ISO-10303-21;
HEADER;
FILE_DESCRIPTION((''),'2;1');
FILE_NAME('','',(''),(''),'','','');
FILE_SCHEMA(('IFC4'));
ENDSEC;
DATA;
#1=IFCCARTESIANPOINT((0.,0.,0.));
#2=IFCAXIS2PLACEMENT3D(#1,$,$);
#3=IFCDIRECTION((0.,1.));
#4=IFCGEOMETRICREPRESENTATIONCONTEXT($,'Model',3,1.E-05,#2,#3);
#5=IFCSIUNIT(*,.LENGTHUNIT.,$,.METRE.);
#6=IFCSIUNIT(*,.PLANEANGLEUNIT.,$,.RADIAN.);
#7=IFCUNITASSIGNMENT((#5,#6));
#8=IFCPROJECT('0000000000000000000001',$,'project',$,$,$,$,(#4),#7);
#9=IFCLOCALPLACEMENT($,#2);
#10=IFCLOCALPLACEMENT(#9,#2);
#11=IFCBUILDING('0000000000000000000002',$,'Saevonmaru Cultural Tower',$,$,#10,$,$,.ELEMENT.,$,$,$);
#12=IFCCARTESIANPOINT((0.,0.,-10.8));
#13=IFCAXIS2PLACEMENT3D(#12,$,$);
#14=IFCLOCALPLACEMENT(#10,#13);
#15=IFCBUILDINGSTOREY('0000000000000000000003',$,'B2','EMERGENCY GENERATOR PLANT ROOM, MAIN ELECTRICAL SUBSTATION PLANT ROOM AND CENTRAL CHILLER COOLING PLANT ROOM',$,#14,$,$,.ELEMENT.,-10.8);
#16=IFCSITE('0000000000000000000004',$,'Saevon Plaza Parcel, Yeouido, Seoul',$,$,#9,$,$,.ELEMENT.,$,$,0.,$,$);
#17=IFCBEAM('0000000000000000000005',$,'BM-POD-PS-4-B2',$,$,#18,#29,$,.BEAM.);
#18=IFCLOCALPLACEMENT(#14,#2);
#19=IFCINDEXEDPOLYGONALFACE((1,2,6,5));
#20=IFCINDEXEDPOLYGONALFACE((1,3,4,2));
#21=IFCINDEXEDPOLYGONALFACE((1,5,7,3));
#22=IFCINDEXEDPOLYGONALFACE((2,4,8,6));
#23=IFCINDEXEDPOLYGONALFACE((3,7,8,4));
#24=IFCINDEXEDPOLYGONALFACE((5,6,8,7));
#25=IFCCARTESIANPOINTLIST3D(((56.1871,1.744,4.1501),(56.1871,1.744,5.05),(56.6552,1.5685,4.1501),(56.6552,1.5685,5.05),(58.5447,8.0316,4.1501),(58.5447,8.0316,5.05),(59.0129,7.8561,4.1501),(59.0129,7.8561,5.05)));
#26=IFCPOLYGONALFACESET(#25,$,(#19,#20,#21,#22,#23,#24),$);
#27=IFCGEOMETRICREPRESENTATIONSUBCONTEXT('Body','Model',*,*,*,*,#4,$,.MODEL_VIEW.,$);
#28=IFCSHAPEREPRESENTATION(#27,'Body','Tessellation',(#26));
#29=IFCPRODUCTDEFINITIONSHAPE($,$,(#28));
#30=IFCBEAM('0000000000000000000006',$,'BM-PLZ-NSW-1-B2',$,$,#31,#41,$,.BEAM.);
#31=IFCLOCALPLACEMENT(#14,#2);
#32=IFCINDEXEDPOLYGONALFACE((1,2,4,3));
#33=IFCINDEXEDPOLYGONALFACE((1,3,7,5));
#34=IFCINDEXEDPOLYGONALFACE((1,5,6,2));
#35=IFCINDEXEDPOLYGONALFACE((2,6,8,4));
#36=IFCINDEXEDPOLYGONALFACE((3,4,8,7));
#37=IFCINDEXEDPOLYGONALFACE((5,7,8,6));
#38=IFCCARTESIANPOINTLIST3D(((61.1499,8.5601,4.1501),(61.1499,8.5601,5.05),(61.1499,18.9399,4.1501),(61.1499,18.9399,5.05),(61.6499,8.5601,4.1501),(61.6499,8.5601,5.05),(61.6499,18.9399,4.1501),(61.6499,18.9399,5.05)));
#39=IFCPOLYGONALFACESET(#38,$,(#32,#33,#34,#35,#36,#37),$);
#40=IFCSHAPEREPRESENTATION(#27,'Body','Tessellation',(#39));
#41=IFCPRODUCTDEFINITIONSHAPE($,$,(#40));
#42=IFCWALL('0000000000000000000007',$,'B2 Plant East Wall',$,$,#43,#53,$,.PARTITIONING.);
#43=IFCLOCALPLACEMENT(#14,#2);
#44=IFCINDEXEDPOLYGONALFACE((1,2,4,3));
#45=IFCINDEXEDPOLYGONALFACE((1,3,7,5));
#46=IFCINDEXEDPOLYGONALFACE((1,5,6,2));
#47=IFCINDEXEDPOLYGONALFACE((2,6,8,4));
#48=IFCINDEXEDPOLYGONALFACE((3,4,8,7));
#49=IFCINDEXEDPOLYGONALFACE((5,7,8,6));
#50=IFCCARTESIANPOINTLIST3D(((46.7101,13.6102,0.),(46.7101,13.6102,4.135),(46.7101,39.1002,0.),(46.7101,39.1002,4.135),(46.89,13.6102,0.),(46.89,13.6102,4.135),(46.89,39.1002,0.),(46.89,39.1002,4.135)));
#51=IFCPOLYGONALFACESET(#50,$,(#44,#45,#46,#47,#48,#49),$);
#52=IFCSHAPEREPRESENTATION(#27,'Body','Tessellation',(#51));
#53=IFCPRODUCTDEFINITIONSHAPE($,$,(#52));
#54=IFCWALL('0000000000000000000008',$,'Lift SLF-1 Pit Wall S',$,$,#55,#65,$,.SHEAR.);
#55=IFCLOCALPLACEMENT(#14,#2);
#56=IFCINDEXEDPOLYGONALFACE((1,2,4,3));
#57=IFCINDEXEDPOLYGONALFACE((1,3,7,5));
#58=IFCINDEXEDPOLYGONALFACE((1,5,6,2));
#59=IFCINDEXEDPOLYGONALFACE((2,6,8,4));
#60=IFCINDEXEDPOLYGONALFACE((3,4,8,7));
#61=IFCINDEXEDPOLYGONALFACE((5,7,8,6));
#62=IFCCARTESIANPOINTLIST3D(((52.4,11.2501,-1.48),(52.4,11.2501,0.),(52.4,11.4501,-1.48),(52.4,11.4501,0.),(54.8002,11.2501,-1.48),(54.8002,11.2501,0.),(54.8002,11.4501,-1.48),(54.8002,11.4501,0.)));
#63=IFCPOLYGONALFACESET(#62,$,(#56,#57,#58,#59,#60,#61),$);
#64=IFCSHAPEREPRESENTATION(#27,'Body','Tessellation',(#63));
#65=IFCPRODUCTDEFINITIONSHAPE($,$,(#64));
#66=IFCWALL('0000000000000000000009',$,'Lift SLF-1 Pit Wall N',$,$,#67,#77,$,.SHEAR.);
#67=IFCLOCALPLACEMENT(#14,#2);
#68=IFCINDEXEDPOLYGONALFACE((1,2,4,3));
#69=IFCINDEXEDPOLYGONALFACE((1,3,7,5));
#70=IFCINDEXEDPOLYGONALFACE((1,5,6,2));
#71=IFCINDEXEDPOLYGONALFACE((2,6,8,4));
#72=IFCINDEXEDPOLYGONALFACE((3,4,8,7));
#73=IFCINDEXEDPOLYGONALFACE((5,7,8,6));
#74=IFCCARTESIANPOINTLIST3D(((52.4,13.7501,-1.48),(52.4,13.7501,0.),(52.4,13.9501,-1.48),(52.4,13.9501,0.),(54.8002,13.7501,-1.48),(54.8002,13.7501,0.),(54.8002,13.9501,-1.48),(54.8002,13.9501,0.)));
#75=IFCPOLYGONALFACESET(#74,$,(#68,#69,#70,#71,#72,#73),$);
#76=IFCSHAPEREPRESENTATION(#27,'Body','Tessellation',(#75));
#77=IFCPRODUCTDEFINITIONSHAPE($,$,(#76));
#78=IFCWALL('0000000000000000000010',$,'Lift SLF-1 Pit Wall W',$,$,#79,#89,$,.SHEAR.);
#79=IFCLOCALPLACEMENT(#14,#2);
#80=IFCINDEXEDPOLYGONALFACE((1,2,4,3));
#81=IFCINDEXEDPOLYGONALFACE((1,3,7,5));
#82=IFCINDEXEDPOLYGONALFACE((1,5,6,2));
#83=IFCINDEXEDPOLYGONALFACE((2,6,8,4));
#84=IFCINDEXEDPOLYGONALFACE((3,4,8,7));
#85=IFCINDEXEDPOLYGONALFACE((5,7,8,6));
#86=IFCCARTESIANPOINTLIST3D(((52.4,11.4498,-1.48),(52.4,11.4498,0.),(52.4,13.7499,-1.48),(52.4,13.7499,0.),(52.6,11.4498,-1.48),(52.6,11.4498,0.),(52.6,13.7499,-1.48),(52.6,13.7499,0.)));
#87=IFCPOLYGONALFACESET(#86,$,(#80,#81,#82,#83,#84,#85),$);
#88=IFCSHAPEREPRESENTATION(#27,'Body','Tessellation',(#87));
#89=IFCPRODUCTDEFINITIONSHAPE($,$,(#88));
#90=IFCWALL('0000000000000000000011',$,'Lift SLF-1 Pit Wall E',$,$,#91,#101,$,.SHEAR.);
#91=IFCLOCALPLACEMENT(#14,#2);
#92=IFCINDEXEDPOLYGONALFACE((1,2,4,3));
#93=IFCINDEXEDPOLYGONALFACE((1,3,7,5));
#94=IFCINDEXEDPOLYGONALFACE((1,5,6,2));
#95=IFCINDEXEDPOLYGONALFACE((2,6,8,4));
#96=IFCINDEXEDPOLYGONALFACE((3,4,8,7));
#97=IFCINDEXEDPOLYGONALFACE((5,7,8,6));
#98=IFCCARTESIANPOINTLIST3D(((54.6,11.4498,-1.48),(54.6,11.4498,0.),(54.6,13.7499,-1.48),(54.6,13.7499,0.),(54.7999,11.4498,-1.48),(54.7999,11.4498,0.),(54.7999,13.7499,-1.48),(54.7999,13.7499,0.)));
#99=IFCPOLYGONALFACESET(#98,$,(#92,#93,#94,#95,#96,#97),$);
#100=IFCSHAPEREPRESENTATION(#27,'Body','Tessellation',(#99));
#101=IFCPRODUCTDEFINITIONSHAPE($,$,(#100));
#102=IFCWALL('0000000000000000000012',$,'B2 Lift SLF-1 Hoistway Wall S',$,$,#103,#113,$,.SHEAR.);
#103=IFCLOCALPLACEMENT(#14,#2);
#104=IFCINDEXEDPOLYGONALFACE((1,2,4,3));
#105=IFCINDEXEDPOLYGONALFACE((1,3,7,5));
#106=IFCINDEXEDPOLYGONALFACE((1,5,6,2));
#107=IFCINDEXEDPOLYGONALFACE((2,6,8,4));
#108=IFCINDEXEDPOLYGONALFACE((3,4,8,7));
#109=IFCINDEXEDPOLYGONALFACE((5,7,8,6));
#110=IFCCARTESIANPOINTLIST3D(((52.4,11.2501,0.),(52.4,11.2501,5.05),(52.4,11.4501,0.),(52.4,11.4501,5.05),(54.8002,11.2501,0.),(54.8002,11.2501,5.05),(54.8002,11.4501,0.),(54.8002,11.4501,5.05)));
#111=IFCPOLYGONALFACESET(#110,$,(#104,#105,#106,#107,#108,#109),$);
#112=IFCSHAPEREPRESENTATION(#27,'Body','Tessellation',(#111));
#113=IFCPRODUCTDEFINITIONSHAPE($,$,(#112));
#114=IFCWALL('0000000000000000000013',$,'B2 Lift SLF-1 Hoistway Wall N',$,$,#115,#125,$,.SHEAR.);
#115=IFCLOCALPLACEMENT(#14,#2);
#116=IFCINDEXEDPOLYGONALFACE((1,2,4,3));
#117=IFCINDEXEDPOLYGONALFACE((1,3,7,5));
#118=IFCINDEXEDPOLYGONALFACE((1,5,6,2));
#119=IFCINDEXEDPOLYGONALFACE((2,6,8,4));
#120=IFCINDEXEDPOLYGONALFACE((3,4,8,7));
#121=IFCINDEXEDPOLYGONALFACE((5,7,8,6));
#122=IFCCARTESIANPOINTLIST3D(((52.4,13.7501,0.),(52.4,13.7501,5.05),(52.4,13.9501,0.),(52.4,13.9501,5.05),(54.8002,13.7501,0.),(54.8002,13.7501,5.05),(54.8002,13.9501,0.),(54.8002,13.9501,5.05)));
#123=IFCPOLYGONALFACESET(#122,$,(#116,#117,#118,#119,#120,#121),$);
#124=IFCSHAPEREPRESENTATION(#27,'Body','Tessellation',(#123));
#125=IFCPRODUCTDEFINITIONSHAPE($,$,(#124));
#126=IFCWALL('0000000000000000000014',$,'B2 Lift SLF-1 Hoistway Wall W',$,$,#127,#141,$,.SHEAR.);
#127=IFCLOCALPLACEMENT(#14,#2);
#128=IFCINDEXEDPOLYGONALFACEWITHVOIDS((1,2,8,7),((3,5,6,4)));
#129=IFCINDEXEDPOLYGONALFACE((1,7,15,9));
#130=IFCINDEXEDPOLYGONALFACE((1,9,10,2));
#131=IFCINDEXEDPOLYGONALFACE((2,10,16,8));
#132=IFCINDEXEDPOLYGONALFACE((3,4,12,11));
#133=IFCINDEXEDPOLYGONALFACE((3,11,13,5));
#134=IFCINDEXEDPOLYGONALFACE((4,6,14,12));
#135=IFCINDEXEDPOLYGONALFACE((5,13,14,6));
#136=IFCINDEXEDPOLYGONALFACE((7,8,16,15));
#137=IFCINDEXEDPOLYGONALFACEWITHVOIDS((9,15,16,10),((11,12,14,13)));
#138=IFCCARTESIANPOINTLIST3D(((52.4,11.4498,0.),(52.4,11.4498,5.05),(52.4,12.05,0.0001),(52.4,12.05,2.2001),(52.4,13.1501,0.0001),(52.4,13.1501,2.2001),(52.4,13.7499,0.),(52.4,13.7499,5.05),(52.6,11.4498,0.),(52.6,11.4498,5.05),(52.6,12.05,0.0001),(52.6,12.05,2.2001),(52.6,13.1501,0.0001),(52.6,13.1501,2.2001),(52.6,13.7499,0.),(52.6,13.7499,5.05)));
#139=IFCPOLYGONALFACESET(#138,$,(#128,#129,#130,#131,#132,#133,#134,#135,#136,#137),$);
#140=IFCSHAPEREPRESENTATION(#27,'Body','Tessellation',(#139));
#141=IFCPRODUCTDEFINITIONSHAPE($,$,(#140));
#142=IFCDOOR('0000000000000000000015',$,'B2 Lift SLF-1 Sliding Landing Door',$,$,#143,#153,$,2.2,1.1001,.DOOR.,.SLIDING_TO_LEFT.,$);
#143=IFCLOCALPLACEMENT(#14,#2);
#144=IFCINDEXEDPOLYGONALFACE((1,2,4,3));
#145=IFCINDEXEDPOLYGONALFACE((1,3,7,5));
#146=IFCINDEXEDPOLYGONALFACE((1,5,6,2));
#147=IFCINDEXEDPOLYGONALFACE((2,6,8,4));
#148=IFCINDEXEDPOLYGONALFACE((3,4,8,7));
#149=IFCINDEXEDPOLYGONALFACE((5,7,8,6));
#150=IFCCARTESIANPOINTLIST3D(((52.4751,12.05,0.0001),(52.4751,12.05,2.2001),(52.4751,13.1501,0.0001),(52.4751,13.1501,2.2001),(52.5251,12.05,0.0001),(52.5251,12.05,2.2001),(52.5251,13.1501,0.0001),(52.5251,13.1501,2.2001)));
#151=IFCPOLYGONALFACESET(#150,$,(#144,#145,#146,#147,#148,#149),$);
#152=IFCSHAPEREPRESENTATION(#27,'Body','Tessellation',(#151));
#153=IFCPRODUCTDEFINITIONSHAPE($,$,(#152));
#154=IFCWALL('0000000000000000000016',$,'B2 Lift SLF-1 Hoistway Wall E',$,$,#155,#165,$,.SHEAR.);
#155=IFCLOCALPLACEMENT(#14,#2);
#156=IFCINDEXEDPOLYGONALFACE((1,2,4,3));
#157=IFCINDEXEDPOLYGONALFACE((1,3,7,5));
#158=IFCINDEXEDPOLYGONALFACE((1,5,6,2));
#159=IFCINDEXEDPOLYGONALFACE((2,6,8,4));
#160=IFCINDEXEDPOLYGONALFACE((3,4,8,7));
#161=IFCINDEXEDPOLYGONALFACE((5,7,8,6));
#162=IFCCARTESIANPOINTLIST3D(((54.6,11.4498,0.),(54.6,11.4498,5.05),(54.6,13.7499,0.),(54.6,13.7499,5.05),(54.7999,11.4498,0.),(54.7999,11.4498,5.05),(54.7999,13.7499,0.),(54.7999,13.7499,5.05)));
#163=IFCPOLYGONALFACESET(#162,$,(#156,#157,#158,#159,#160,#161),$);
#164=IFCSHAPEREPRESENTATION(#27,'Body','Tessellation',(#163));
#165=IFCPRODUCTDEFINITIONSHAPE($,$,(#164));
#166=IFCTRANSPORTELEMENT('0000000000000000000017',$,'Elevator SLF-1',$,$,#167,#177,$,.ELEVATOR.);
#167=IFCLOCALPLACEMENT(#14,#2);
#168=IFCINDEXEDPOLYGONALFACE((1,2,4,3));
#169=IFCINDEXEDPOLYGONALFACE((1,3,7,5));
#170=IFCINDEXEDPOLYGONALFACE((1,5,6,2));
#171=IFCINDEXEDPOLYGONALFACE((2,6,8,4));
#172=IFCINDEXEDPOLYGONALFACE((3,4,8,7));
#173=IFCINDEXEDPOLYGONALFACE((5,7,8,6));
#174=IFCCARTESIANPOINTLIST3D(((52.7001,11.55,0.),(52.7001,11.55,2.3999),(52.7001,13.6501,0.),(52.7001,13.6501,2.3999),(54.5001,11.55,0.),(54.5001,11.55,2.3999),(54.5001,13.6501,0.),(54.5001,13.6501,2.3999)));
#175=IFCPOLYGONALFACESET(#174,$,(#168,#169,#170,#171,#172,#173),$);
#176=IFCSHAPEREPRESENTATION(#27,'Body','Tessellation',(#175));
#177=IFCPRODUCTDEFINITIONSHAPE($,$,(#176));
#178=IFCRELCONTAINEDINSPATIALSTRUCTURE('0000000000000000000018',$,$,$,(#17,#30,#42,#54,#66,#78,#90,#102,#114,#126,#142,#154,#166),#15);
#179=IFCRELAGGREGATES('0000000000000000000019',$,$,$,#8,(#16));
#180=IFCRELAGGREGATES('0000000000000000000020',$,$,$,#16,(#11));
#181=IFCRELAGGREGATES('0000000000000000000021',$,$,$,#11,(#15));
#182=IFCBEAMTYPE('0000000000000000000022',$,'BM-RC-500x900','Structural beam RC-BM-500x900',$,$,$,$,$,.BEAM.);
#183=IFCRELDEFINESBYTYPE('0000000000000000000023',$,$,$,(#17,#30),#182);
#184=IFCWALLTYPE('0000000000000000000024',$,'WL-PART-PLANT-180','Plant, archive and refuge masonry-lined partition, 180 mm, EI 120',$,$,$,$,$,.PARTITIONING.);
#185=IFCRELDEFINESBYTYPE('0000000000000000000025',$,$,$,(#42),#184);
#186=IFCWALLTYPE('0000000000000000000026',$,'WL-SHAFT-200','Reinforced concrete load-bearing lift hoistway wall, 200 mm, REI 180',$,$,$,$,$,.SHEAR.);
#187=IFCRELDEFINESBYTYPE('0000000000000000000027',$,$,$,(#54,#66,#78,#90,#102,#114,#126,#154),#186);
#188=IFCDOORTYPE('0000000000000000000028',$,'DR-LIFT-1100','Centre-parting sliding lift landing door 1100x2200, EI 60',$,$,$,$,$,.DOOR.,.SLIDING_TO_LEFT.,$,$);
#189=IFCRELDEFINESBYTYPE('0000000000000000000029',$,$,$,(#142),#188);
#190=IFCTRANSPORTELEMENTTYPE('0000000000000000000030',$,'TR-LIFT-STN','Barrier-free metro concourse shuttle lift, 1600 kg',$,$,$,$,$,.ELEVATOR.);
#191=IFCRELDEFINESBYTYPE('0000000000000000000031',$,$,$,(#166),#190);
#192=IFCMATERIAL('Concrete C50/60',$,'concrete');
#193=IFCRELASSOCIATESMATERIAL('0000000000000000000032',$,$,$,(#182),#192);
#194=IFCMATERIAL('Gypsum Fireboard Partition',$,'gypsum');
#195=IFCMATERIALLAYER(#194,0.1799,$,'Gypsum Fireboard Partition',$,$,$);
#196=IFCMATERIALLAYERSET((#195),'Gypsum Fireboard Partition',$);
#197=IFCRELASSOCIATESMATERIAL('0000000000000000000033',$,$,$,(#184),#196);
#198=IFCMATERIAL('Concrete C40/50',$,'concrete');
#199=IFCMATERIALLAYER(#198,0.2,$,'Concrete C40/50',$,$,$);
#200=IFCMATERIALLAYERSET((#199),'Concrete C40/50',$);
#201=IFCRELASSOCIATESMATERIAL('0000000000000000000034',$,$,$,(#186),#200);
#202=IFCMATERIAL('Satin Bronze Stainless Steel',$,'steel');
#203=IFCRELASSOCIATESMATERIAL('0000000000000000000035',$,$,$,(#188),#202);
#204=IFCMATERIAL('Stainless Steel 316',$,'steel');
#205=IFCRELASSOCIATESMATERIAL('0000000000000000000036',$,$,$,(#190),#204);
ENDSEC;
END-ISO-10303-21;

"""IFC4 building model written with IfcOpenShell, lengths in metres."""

from ifc_helpers import new_model, si_unit, direction, frame, frame_2d, origin, origin_2d, place, context, subcontext, project, spatial, rectangle, extrude, material, layer, layer_set, material_profile, profile_set, type_object, element, fill, save


model = new_model("IFC4")

# Units and contexts
model_context = context("Model", 3, precision=1e-05, world=origin(), true_north=direction((0.0, 1.0)))
body_context = subcontext(model_context, "Body", "Model", "MODEL_VIEW")
ifc_project = project(units=[si_unit("LENGTHUNIT", "METRE"), si_unit("PLANEANGLEUNIT", "RADIAN")], contexts=[model_context])

# Site, building, storey
site_placement = place(None, origin())
site = spatial("IfcSite", under=ifc_project, at=site_placement, Name="Saevon Plaza Parcel, Yeouido, Seoul", CompositionType="ELEMENT", RefElevation=0.0)
building_placement = place(site_placement, origin())
building = spatial("IfcBuilding", under=site, at=building_placement, Name="Saevonmaru Cultural Tower", CompositionType="ELEMENT")
storey_placement = place(building_placement, frame((0.0, 0.0, -10.8)))
storey = spatial("IfcBuildingStorey", under=building, at=storey_placement, Name="B2", Description="EMERGENCY GENERATOR PLANT ROOM, MAIN ELECTRICAL SUBSTATION PLANT ROOM AND CENTRAL CHILLER COOLING PLANT ROOM", CompositionType="ELEMENT", Elevation=-10.8)

# Shared definitions
ifc_material_1 = material(Name="Concrete C50/60", Category="concrete")

# Beams
ifc_material_profile_1 = material_profile(ifc_material_1, rectangle(XDim=0.5, YDim=0.8999, at=origin_2d()), Name="RC-BM-500x900")
ifc_profile_set_1 = profile_set([ifc_material_profile_1], Name="Concrete C50/60")
beam_type = type_object("IfcBeamType", Name="BM-RC-500x900", Description="Structural beam RC-BM-500x900", PredefinedType="BEAM", material=ifc_profile_set_1)
beam_1_placement = place(storey_placement, frame((56.4211, 1.6562, 4.6001), z_axis=(0.3511, 0.936338, 0.0), x_axis=(-0.936338, 0.3511, 0.0)))
element("IfcBeam", 1, at=beam_1_placement, inside=storey, type_object=beam_type, Name="BM-POD-PS-4-B2", PredefinedType="BEAM", context=body_context, shape_type="SweptSolid", body=[
    extrude(rectangle(XDim=0.5, YDim=0.8999, at=origin_2d()), origin(), (0.0, 0.0, 1.0), 6.7151),
])
beam_2_placement = place(storey_placement, frame((61.3999, 8.5601, 4.6001), z_axis=(0.0, 1.0, 0.0), x_axis=(-1.0, 0.0, 0.0)))
element("IfcBeam", 2, at=beam_2_placement, inside=storey, type_object=beam_type, Name="BM-PLZ-NSW-1-B2", PredefinedType="BEAM", context=body_context, shape_type="SweptSolid", body=[
    extrude(rectangle(XDim=0.5, YDim=0.8999, at=origin_2d()), origin(), (0.0, 0.0, 1.0), 10.3799),
])

# Walls
ifc_material_2 = material(Name="Gypsum Fireboard Partition", Category="gypsum")
ifc_layer_1 = layer(ifc_material_2, 0.1799, Name="Gypsum Fireboard Partition")
ifc_layer_set_1 = layer_set([ifc_layer_1], Name="Gypsum Fireboard Partition")
wall_type_1 = type_object("IfcWallType", Name="WL-PART-PLANT-180", Description="Plant, archive and refuge masonry-lined partition, 180 mm, EI 120", PredefinedType="PARTITIONING", material=ifc_layer_set_1)
wall_1_placement = place(storey_placement, frame((46.8, 13.6101, 0.0), z_axis=(0.0, 0.0, 1.0), x_axis=(0.0, 1.0, 0.0)))
element("IfcWall", 3, at=wall_1_placement, inside=storey, type_object=wall_type_1, Name="B2 Plant East Wall", PredefinedType="PARTITIONING", context=body_context, shape_type="SweptSolid", body=[
    extrude(rectangle(XDim=25.49, YDim=0.1799, at=frame_2d((12.7451, 0.0))), origin(), (0.0, 0.0, 1.0), 4.135),
])
ifc_material_3 = material(Name="Concrete C40/50", Category="concrete")
ifc_layer_2 = layer(ifc_material_3, 0.2, Name="Concrete C40/50")
ifc_layer_set_2 = layer_set([ifc_layer_2], Name="Concrete C40/50")
wall_type_2 = type_object("IfcWallType", Name="WL-SHAFT-200", Description="Reinforced concrete load-bearing lift hoistway wall, 200 mm, REI 180", PredefinedType="SHEAR", material=ifc_layer_set_2)
for number, where, z_axis, x_axis, name in (
    (4, (52.3999, 11.3501, -1.48), (0.0, 0.0, 1.0), (1.0, 0.0, 0.0), "Lift SLF-1 Pit Wall S"),
    (5, (52.3999, 13.8501, -1.48), (0.0, 0.0, 1.0), (1.0, 0.0, 0.0), "Lift SLF-1 Pit Wall N"),
):
    element("IfcWall", number, at=place(storey_placement, frame(where, z_axis=z_axis, x_axis=x_axis)), inside=storey, type_object=wall_type_2, Name=name, PredefinedType="SHEAR", context=body_context, shape_type="SweptSolid", body=[
        extrude(rectangle(XDim=2.4001, YDim=0.2, at=frame_2d((1.2002, 0.0))), origin(), (0.0, 0.0, 1.0), 1.48),
    ])
for number, where, z_axis, x_axis, name in (
    (6, (52.5, 11.45, -1.48), (0.0, 0.0, 1.0), (0.0, 1.0, 0.0), "Lift SLF-1 Pit Wall W"),
    (7, (54.7, 11.45, -1.48), (0.0, 0.0, 1.0), (0.0, 1.0, 0.0), "Lift SLF-1 Pit Wall E"),
):
    element("IfcWall", number, at=place(storey_placement, frame(where, z_axis=z_axis, x_axis=x_axis)), inside=storey, type_object=wall_type_2, Name=name, PredefinedType="SHEAR", context=body_context, shape_type="SweptSolid", body=[
        extrude(rectangle(XDim=2.3, YDim=0.2, at=frame_2d((1.1499, 0.0))), origin(), (0.0, 0.0, 1.0), 1.48),
    ])
for number, where, z_axis, x_axis, name in (
    (8, (52.3999, 11.3501, 0.0), (0.0, 0.0, 1.0), (1.0, 0.0, 0.0), "B2 Lift SLF-1 Hoistway Wall S"),
    (9, (52.3999, 13.8501, 0.0), (0.0, 0.0, 1.0), (1.0, 0.0, 0.0), "B2 Lift SLF-1 Hoistway Wall N"),
):
    element("IfcWall", number, at=place(storey_placement, frame(where, z_axis=z_axis, x_axis=x_axis)), inside=storey, type_object=wall_type_2, Name=name, PredefinedType="SHEAR", context=body_context, shape_type="SweptSolid", body=[
        extrude(rectangle(XDim=2.4001, YDim=0.2, at=frame_2d((1.2002, 0.0))), origin(), (0.0, 0.0, 1.0), 5.05),
    ])

# Wall, opening, door
wall_2_placement = place(storey_placement, frame((52.5, 11.45, 0.0), z_axis=(0.0, 0.0, 1.0), x_axis=(0.0, 1.0, 0.0)))
wall_2 = element("IfcWall", 10, at=wall_2_placement, inside=storey, type_object=wall_type_2, Name="B2 Lift SLF-1 Hoistway Wall W", PredefinedType="SHEAR", context=body_context, shape_type="SweptSolid", body=[
    extrude(rectangle(XDim=2.3, YDim=0.2, at=frame_2d((1.1499, 0.0))), origin(), (0.0, 0.0, 1.0), 5.05),
])
opening_placement = place(wall_2_placement, frame((0.6001, 0.0, 0.0)))
opening = element("IfcOpeningElement", 11, at=opening_placement, cuts=wall_2, PredefinedType="OPENING", context=body_context, shape_type="SweptSolid", body=[
    extrude(rectangle(XDim=1.1001, YDim=2.2, at=frame_2d((0.55, 1.1001))), frame((0.0, 0.1099, 0.0), z_axis=(0.0, -1.0, 0.0), x_axis=(1.0, 0.0, 0.0)), (0.0, 0.0, 1.0), 0.22),
])
ifc_material_4 = material(Name="Satin Bronze Stainless Steel", Category="steel")
door_type = type_object("IfcDoorType", Name="DR-LIFT-1100", Description="Centre-parting sliding lift landing door 1100x2200, EI 60", OperationType="SLIDING_TO_LEFT", PredefinedType="DOOR", material=ifc_material_4)
door_placement = place(opening_placement, origin())
door = element("IfcDoor", 12, at=door_placement, inside=storey, type_object=door_type, Name="B2 Lift SLF-1 Sliding Landing Door", OperationType="SLIDING_TO_LEFT", OverallHeight=2.2, OverallWidth=1.1001, PredefinedType="DOOR", context=body_context, shape_type="SweptSolid", body=[
    extrude(rectangle(XDim=1.1001, YDim=2.2, at=frame_2d((0.55, 1.1001))), frame((0.0, 0.0249, 0.0), z_axis=(0.0, -1.0, 0.0), x_axis=(1.0, 0.0, 0.0)), (0.0, 0.0, 1.0), 0.05),
])
fill(opening, door)

# Wall
wall_3_placement = place(storey_placement, frame((54.7, 11.45, 0.0), z_axis=(0.0, 0.0, 1.0), x_axis=(0.0, 1.0, 0.0)))
element("IfcWall", 13, at=wall_3_placement, inside=storey, type_object=wall_type_2, Name="B2 Lift SLF-1 Hoistway Wall E", PredefinedType="SHEAR", context=body_context, shape_type="SweptSolid", body=[
    extrude(rectangle(XDim=2.3, YDim=0.2, at=frame_2d((1.1499, 0.0))), origin(), (0.0, 0.0, 1.0), 5.05),
])

# Transport element
ifc_material_5 = material(Name="Stainless Steel 316", Category="steel")
transport_element_type = type_object("IfcTransportElementType", Name="TR-LIFT-STN", Description="Barrier-free metro concourse shuttle lift, 1600 kg", PredefinedType="ELEVATOR", material=ifc_material_5)
transport_element_placement = place(storey_placement, frame((53.6001, 12.6001, 0.0), z_axis=(0.0, 0.0, 1.0), x_axis=(1.0, 0.0, 0.0)))
element("IfcTransportElement", 14, at=transport_element_placement, inside=storey, type_object=transport_element_type, Name="Elevator SLF-1", PredefinedType="ELEVATOR", context=body_context, shape_type="SweptSolid", body=[
    extrude(rectangle(XDim=1.8, YDim=2.1001, at=origin_2d()), origin(), (0.0, 0.0, 1.0), 2.3999),
])

save(model, "model.ifc")
